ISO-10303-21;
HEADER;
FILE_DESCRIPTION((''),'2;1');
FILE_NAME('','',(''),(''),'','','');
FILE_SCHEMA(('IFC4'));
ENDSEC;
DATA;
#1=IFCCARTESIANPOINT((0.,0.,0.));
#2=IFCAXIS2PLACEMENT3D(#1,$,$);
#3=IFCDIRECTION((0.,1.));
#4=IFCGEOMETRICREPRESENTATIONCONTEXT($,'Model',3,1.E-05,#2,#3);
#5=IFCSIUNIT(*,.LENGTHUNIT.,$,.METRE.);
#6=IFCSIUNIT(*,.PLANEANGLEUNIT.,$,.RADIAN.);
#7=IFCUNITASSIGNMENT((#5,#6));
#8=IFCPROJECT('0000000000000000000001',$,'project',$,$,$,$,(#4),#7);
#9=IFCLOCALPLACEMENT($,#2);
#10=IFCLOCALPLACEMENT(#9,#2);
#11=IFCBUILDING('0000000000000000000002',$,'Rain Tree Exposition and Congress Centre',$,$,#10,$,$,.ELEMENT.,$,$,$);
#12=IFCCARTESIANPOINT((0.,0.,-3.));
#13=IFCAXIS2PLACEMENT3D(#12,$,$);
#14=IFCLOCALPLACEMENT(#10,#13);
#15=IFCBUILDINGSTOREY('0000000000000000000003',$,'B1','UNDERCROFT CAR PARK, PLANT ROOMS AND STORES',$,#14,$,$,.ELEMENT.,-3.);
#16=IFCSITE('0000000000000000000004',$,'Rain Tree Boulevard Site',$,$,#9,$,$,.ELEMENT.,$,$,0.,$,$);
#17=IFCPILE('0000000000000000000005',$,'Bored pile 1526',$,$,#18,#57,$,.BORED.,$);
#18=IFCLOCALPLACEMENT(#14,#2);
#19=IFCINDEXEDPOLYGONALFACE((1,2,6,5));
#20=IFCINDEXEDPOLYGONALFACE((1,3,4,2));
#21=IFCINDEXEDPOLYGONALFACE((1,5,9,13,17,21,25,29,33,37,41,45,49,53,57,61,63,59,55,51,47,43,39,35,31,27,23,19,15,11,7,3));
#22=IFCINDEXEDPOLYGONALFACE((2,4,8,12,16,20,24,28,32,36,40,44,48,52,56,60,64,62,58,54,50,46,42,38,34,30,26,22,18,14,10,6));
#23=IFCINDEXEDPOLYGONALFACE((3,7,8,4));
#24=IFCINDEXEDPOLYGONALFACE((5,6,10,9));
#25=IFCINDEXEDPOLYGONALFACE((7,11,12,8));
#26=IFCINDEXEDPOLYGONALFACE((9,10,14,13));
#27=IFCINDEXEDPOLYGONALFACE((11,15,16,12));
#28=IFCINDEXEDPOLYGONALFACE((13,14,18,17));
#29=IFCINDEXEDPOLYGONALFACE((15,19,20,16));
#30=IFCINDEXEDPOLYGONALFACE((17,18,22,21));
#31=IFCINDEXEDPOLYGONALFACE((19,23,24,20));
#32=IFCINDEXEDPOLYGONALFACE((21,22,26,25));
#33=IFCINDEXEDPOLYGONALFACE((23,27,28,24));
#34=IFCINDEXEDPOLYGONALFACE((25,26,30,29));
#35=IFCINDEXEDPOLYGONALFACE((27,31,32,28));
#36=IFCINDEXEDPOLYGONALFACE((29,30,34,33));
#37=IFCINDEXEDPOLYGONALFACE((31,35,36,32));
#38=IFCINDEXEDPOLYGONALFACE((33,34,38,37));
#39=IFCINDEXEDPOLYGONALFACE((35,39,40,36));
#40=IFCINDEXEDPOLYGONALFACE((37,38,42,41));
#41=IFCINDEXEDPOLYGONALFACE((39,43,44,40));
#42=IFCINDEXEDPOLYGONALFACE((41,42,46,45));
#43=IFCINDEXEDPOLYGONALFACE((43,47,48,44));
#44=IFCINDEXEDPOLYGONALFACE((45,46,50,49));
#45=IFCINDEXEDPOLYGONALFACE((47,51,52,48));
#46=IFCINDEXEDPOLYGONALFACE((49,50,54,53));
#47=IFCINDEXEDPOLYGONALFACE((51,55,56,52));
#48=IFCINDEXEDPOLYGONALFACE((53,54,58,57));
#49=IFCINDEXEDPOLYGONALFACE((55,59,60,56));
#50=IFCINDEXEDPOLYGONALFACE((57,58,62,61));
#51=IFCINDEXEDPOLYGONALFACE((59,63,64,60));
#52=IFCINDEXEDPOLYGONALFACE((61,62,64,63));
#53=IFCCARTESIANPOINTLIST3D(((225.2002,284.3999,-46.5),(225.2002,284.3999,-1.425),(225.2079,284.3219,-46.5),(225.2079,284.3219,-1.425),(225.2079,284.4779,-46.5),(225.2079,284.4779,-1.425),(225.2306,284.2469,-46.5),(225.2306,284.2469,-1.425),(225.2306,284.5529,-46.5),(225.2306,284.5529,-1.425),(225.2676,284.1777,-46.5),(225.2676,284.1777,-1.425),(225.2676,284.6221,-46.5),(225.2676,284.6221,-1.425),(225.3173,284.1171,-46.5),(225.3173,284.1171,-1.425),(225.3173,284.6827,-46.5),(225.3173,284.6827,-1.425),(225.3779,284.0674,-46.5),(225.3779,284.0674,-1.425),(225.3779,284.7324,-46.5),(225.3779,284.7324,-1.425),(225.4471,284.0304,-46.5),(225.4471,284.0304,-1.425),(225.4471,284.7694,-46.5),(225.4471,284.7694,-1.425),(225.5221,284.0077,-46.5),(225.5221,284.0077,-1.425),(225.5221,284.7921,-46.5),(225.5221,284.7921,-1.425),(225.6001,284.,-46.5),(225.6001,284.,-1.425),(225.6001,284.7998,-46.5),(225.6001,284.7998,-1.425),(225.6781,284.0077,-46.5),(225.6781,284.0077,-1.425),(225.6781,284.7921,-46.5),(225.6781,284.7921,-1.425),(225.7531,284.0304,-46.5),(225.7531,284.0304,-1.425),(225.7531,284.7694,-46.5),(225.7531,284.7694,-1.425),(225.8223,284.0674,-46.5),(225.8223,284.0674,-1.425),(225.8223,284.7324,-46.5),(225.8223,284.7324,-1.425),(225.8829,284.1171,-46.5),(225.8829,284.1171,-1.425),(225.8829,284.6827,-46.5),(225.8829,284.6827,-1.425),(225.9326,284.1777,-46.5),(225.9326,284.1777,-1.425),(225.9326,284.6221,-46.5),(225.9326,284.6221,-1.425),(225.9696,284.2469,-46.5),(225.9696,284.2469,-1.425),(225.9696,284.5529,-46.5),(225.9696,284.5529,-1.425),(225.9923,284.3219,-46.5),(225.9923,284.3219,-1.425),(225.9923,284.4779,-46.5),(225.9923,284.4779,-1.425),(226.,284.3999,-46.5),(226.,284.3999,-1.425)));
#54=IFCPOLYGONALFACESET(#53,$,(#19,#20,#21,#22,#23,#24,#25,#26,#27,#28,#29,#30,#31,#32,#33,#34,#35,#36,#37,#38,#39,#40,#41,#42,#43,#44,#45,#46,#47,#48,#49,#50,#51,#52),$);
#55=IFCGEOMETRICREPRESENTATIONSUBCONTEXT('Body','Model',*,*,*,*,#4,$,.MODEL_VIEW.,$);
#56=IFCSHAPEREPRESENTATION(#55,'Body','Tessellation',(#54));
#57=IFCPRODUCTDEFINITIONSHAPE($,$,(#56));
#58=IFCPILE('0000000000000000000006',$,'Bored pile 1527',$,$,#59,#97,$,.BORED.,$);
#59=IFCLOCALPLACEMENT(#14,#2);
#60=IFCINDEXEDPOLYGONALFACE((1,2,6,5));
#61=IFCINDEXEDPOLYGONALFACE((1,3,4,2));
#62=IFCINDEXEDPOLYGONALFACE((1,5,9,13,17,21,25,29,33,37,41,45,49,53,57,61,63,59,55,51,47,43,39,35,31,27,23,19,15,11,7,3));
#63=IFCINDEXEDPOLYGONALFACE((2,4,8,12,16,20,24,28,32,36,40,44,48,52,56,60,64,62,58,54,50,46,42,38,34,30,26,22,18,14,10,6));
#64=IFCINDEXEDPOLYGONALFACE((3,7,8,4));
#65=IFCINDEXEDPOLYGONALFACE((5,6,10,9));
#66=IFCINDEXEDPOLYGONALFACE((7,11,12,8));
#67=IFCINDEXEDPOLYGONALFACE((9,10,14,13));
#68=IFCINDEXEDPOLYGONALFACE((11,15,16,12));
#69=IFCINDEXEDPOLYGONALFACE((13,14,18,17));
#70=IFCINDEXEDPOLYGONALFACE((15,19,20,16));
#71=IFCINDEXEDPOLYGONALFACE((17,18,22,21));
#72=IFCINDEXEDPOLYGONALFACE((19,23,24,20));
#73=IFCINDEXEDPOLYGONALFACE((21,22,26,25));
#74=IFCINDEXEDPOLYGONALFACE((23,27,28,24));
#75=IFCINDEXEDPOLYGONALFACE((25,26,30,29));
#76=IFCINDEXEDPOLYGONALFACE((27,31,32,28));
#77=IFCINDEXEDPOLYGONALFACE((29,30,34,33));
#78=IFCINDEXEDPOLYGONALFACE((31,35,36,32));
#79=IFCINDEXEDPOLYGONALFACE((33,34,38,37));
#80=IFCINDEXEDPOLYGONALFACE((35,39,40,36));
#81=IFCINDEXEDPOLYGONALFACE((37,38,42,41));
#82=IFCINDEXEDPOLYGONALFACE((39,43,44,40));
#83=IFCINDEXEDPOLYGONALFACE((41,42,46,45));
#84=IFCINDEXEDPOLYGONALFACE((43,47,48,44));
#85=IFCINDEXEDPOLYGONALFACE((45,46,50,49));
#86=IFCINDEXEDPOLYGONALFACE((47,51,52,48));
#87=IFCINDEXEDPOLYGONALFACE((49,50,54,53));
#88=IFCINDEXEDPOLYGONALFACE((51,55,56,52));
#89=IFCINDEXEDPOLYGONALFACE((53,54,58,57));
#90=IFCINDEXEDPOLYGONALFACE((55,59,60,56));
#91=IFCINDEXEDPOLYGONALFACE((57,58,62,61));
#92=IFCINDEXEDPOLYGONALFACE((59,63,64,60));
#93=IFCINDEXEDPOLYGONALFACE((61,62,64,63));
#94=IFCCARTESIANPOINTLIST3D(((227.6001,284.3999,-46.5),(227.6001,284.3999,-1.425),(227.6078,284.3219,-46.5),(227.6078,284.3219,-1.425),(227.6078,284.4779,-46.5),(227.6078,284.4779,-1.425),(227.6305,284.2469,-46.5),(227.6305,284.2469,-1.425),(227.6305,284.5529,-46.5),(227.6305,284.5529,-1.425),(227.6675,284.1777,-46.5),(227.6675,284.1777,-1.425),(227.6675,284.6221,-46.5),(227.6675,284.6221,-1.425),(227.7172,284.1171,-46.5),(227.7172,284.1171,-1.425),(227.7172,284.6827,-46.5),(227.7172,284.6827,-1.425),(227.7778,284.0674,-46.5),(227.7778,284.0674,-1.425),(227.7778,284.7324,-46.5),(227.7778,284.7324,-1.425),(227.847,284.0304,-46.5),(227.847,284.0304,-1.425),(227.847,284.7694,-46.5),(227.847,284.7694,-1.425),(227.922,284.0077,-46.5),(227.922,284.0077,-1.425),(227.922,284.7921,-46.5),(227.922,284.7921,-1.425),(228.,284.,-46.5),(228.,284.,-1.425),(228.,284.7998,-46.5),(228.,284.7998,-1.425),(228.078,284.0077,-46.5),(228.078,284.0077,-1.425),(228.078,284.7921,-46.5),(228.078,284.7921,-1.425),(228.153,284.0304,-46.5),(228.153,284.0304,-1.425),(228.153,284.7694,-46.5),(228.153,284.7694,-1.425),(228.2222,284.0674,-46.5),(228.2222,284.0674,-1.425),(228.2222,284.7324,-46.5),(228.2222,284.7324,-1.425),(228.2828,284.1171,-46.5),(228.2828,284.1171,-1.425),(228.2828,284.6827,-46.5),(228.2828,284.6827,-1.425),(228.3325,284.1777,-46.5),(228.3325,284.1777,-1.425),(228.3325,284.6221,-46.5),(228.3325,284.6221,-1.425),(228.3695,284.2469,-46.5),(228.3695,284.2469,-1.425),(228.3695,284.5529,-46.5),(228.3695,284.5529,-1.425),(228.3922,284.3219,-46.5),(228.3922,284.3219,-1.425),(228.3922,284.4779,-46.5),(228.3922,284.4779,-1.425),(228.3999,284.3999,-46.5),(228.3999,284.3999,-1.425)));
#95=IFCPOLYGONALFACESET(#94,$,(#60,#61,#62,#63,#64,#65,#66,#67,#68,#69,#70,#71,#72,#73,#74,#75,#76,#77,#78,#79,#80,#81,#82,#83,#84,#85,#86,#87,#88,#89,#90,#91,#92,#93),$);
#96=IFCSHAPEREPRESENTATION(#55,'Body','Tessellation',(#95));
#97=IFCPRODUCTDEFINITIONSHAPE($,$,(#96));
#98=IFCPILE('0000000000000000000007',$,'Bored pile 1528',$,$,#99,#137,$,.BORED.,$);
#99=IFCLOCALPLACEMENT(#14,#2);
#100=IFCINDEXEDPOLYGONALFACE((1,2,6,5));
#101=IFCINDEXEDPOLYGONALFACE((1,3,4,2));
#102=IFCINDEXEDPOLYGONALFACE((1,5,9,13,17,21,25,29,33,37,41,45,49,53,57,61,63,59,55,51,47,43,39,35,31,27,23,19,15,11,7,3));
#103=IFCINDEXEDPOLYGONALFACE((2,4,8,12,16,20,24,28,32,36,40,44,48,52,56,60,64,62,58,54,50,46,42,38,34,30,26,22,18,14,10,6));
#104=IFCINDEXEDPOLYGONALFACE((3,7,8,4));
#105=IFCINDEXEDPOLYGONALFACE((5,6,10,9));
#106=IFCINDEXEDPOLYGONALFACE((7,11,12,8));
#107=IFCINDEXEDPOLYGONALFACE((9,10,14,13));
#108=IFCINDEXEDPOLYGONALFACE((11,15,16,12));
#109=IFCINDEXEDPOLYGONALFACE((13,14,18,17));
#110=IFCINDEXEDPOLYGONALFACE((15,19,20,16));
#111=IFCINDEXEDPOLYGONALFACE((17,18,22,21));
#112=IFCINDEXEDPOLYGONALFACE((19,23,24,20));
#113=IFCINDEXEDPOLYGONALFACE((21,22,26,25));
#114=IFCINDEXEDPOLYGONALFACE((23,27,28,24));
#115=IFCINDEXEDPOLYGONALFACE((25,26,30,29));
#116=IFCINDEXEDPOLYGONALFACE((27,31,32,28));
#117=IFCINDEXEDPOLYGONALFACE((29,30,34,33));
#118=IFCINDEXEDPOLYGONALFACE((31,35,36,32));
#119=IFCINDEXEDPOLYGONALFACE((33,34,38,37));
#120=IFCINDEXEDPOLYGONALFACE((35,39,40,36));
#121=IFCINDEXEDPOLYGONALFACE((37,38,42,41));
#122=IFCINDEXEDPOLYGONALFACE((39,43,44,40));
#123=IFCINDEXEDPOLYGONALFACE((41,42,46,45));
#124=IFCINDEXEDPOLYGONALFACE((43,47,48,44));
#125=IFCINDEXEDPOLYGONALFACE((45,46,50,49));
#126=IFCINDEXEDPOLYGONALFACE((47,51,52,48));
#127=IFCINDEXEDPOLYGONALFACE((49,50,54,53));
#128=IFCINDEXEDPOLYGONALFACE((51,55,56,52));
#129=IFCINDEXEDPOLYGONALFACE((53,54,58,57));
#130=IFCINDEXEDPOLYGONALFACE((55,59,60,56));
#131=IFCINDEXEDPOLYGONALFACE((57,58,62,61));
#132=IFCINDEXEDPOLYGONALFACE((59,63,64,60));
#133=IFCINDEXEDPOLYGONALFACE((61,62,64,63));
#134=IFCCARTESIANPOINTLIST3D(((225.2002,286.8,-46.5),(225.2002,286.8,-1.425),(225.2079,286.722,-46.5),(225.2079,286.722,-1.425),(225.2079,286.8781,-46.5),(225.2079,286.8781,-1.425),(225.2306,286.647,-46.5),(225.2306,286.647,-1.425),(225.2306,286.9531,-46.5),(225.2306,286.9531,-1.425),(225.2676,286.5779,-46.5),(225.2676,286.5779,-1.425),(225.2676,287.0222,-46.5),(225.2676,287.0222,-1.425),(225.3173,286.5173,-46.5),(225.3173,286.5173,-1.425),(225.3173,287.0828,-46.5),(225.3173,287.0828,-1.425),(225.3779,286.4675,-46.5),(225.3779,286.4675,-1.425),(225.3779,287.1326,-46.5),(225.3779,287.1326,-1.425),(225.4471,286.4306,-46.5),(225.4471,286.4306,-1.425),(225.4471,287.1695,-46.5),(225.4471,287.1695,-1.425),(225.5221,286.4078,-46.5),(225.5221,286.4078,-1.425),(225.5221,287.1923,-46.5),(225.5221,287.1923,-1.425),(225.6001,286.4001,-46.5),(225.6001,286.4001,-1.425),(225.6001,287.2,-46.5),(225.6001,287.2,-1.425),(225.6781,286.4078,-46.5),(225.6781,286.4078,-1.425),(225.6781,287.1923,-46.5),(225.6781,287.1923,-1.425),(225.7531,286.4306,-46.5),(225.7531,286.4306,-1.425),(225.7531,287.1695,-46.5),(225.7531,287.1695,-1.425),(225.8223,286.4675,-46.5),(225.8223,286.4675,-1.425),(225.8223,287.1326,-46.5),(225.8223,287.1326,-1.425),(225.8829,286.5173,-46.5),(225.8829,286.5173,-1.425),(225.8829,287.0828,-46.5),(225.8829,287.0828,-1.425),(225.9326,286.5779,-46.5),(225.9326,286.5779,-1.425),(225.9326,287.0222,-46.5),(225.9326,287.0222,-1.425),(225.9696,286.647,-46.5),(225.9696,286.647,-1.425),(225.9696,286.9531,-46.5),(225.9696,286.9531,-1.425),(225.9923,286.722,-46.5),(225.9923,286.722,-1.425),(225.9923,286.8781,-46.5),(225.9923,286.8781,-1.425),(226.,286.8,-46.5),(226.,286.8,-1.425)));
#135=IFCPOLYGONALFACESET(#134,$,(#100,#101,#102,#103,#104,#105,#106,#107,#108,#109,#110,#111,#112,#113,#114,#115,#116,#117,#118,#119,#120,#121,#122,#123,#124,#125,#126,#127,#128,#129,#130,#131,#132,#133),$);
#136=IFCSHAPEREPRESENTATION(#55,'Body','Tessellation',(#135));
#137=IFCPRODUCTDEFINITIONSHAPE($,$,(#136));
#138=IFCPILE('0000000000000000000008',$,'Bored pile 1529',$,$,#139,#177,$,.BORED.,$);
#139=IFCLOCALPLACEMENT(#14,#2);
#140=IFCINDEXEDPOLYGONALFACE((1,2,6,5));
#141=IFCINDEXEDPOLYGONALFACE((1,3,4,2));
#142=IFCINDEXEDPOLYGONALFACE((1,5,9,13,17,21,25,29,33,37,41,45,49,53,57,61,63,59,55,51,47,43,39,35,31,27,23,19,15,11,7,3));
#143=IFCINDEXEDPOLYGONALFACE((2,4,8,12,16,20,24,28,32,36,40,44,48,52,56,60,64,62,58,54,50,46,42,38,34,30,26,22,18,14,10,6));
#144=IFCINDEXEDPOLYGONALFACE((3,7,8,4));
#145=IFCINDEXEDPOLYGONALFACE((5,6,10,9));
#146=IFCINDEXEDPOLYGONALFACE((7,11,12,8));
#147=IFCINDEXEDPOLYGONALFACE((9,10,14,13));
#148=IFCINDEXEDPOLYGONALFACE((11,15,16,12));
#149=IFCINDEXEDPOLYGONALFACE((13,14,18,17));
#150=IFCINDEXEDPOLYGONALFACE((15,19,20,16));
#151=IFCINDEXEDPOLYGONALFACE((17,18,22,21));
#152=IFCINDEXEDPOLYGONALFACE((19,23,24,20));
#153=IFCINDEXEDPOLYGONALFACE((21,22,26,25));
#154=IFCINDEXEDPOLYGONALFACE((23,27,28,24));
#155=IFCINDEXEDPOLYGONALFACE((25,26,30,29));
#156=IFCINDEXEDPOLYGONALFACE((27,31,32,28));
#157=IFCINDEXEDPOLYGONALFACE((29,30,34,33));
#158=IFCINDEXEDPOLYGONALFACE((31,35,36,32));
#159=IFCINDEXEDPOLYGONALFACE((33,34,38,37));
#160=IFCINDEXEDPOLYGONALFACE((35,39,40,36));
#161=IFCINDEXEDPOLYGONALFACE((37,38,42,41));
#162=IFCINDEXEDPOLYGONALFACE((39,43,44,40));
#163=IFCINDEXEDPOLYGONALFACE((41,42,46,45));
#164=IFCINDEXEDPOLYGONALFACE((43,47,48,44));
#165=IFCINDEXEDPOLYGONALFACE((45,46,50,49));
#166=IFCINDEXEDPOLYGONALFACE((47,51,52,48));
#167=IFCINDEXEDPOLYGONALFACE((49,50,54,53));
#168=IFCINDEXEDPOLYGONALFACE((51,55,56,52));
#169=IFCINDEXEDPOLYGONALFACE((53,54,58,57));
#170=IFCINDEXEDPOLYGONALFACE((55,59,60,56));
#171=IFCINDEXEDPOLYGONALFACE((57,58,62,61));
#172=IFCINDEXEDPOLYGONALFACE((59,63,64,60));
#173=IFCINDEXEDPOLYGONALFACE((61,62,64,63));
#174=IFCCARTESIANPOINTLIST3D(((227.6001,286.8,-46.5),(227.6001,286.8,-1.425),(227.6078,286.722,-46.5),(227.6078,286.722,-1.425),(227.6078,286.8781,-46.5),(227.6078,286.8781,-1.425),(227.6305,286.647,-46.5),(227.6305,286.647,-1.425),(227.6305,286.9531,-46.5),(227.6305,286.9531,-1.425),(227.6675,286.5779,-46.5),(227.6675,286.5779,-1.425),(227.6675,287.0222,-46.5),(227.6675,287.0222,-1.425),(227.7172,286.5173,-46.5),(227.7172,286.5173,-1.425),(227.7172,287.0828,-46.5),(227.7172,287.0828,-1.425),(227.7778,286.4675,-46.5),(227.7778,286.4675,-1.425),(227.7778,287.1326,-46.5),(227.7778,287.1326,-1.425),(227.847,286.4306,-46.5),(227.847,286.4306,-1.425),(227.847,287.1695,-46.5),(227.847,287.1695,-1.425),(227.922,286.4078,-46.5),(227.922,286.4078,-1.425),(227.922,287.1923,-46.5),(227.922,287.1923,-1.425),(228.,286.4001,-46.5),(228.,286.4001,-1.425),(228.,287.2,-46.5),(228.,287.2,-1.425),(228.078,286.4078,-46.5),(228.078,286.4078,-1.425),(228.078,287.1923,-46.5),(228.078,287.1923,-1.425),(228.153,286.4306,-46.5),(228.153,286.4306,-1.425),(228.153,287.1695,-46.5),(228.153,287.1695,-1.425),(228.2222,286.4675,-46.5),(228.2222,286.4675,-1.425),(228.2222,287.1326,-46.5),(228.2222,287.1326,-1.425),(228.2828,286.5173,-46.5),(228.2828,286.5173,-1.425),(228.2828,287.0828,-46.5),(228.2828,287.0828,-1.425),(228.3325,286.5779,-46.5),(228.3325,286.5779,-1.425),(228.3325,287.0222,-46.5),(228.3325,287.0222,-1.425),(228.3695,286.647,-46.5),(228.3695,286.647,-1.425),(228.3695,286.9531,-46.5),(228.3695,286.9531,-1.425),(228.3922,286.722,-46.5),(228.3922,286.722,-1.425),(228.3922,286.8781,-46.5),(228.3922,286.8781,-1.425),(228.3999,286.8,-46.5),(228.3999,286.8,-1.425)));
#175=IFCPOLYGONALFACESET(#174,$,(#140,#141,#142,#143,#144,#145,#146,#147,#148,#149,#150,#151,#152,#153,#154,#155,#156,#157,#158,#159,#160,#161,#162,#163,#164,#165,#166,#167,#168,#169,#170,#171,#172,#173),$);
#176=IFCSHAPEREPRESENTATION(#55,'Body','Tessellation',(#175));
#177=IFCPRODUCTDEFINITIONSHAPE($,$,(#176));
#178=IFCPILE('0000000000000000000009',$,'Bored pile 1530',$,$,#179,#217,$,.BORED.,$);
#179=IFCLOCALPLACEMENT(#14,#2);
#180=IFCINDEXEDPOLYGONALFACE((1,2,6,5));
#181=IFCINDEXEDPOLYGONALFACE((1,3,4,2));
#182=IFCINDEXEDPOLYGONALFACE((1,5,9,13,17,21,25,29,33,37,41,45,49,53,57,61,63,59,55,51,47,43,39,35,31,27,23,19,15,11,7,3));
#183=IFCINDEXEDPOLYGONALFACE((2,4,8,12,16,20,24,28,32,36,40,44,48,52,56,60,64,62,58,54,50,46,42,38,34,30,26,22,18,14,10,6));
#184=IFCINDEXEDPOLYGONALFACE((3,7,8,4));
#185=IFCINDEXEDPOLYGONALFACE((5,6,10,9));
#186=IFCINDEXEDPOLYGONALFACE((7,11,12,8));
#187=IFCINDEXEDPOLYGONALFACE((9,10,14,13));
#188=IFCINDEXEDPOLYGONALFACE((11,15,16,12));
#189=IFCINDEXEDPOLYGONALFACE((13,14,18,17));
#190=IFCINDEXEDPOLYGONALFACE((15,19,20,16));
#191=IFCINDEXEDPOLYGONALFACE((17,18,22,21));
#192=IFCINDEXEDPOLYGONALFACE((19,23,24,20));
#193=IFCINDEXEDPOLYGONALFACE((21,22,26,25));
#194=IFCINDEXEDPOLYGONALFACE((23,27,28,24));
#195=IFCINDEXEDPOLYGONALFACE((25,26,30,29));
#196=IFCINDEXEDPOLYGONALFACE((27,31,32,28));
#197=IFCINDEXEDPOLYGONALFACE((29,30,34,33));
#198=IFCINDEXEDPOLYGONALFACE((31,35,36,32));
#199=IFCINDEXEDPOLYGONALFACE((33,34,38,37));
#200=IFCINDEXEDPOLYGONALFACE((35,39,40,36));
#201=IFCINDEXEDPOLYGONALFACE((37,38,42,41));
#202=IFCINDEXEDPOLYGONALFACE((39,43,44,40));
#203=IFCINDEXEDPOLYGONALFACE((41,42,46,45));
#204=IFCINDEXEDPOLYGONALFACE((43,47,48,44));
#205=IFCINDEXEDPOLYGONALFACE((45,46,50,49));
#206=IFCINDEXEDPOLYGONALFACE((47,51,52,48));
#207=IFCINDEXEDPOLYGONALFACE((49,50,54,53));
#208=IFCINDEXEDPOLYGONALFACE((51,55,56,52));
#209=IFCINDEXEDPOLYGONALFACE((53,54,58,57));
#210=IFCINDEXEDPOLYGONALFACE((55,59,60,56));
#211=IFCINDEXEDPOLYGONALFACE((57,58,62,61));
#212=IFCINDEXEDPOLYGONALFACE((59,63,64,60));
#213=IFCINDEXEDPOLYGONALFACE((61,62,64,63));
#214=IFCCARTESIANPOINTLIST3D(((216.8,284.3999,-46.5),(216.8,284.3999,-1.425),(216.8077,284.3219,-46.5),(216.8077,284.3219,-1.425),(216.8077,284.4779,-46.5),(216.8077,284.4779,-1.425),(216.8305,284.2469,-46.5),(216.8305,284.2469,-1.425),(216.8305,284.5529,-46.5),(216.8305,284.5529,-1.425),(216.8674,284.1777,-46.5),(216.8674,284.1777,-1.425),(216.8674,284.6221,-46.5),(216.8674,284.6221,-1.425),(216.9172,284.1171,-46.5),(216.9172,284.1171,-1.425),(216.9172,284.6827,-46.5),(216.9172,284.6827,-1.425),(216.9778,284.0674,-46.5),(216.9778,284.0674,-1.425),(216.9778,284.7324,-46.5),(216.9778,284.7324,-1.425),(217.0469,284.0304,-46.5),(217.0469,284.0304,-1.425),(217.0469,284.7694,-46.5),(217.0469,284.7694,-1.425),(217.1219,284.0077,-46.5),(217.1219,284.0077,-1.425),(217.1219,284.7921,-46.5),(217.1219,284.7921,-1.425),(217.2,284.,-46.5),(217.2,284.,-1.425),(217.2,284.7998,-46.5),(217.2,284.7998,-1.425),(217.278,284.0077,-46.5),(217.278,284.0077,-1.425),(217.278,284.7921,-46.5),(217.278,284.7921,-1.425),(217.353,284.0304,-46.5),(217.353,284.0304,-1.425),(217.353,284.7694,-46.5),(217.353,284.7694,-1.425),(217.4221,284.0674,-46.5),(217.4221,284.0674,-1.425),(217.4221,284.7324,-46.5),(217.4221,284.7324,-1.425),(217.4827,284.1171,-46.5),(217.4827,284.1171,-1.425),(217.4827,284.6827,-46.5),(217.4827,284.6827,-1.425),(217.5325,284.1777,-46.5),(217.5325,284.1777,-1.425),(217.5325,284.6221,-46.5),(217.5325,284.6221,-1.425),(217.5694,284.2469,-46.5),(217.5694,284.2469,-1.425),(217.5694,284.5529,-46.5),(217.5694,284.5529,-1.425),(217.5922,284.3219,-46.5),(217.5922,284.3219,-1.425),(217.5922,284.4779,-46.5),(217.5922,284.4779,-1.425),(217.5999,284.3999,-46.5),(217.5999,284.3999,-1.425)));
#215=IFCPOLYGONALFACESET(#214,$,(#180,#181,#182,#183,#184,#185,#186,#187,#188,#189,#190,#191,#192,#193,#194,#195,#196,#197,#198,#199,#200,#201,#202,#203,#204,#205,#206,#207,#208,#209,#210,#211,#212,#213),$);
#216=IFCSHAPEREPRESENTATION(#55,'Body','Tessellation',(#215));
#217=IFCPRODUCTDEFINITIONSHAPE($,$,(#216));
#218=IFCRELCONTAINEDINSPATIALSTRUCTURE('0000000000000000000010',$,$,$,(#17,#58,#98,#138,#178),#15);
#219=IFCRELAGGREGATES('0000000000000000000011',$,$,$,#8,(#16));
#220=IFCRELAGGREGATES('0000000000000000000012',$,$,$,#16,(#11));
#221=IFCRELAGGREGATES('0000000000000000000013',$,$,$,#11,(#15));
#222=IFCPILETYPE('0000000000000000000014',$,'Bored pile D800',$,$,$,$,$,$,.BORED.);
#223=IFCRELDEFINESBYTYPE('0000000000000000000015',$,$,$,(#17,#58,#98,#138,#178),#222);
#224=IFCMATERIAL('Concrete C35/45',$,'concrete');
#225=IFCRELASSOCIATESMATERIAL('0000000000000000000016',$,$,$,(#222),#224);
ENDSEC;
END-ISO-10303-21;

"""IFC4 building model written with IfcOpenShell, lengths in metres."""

from ifc_helpers import new_model, si_unit, direction, frame, origin, origin_2d, place, context, subcontext, project, spatial, circle, extrude, material, material_profile, profile_set, type_object, element, save


model = new_model("IFC4")

# Units and contexts
model_context = context("Model", 3, precision=1e-05, world=origin(), true_north=direction((0.0, 1.0)))
body_context = subcontext(model_context, "Body", "Model", "MODEL_VIEW")
ifc_project = project(units=[si_unit("LENGTHUNIT", "METRE"), si_unit("PLANEANGLEUNIT", "RADIAN")], contexts=[model_context])

# Site, building, storey
site_placement = place(None, origin())
site = spatial("IfcSite", under=ifc_project, at=site_placement, Name="Rain Tree Boulevard Site", CompositionType="ELEMENT", RefElevation=0.0)
building_placement = place(site_placement, origin())
building = spatial("IfcBuilding", under=site, at=building_placement, Name="Rain Tree Exposition and Congress Centre", CompositionType="ELEMENT")
storey_placement = place(building_placement, frame((0.0, 0.0, -3.0)))
storey = spatial("IfcBuildingStorey", under=building, at=storey_placement, Name="B1", Description="UNDERCROFT CAR PARK, PLANT ROOMS AND STORES", CompositionType="ELEMENT", Elevation=-3.0)

# Piles
ifc_material_1 = material(Name="Concrete C35/45", Category="concrete")
ifc_material_profile_1 = material_profile(ifc_material_1, circle(Radius=0.3999, at=origin_2d()), Name="D800")
ifc_profile_set_1 = profile_set([ifc_material_profile_1], Name="Concrete C35/45")
pile_type_1 = type_object("IfcPileType", Name="Bored pile D800", PredefinedType="BORED", material=ifc_profile_set_1)
for number, where, z_axis, x_axis, name in (
    (1, (225.6001, 284.3999, -1.425), (0.0, 0.0, -1.0), (1.0, 0.0, 0.0), "Bored pile 1526"),
    (2, (228.0, 284.3999, -1.425), (0.0, 0.0, -1.0), (1.0, 0.0, 0.0), "Bored pile 1527"),
    (3, (225.6001, 286.8, -1.425), (0.0, 0.0, -1.0), (1.0, 0.0, 0.0), "Bored pile 1528"),
    (4, (228.0, 286.8, -1.425), (0.0, 0.0, -1.0), (1.0, 0.0, 0.0), "Bored pile 1529"),
    (5, (217.2, 284.3999, -1.425), (0.0, 0.0, -1.0), (1.0, 0.0, 0.0), "Bored pile 1530"),
):
    element("IfcPile", number, at=place(storey_placement, frame(where, z_axis=z_axis, x_axis=x_axis)), inside=storey, type_object=pile_type_1, Name=name, PredefinedType="BORED", context=body_context, shape_type="SweptSolid", body=[
        extrude(circle(Radius=0.3999, at=origin_2d()), origin(), (0.0, 0.0, 1.0), 45.075),
    ])

save(model, "model.ifc")
